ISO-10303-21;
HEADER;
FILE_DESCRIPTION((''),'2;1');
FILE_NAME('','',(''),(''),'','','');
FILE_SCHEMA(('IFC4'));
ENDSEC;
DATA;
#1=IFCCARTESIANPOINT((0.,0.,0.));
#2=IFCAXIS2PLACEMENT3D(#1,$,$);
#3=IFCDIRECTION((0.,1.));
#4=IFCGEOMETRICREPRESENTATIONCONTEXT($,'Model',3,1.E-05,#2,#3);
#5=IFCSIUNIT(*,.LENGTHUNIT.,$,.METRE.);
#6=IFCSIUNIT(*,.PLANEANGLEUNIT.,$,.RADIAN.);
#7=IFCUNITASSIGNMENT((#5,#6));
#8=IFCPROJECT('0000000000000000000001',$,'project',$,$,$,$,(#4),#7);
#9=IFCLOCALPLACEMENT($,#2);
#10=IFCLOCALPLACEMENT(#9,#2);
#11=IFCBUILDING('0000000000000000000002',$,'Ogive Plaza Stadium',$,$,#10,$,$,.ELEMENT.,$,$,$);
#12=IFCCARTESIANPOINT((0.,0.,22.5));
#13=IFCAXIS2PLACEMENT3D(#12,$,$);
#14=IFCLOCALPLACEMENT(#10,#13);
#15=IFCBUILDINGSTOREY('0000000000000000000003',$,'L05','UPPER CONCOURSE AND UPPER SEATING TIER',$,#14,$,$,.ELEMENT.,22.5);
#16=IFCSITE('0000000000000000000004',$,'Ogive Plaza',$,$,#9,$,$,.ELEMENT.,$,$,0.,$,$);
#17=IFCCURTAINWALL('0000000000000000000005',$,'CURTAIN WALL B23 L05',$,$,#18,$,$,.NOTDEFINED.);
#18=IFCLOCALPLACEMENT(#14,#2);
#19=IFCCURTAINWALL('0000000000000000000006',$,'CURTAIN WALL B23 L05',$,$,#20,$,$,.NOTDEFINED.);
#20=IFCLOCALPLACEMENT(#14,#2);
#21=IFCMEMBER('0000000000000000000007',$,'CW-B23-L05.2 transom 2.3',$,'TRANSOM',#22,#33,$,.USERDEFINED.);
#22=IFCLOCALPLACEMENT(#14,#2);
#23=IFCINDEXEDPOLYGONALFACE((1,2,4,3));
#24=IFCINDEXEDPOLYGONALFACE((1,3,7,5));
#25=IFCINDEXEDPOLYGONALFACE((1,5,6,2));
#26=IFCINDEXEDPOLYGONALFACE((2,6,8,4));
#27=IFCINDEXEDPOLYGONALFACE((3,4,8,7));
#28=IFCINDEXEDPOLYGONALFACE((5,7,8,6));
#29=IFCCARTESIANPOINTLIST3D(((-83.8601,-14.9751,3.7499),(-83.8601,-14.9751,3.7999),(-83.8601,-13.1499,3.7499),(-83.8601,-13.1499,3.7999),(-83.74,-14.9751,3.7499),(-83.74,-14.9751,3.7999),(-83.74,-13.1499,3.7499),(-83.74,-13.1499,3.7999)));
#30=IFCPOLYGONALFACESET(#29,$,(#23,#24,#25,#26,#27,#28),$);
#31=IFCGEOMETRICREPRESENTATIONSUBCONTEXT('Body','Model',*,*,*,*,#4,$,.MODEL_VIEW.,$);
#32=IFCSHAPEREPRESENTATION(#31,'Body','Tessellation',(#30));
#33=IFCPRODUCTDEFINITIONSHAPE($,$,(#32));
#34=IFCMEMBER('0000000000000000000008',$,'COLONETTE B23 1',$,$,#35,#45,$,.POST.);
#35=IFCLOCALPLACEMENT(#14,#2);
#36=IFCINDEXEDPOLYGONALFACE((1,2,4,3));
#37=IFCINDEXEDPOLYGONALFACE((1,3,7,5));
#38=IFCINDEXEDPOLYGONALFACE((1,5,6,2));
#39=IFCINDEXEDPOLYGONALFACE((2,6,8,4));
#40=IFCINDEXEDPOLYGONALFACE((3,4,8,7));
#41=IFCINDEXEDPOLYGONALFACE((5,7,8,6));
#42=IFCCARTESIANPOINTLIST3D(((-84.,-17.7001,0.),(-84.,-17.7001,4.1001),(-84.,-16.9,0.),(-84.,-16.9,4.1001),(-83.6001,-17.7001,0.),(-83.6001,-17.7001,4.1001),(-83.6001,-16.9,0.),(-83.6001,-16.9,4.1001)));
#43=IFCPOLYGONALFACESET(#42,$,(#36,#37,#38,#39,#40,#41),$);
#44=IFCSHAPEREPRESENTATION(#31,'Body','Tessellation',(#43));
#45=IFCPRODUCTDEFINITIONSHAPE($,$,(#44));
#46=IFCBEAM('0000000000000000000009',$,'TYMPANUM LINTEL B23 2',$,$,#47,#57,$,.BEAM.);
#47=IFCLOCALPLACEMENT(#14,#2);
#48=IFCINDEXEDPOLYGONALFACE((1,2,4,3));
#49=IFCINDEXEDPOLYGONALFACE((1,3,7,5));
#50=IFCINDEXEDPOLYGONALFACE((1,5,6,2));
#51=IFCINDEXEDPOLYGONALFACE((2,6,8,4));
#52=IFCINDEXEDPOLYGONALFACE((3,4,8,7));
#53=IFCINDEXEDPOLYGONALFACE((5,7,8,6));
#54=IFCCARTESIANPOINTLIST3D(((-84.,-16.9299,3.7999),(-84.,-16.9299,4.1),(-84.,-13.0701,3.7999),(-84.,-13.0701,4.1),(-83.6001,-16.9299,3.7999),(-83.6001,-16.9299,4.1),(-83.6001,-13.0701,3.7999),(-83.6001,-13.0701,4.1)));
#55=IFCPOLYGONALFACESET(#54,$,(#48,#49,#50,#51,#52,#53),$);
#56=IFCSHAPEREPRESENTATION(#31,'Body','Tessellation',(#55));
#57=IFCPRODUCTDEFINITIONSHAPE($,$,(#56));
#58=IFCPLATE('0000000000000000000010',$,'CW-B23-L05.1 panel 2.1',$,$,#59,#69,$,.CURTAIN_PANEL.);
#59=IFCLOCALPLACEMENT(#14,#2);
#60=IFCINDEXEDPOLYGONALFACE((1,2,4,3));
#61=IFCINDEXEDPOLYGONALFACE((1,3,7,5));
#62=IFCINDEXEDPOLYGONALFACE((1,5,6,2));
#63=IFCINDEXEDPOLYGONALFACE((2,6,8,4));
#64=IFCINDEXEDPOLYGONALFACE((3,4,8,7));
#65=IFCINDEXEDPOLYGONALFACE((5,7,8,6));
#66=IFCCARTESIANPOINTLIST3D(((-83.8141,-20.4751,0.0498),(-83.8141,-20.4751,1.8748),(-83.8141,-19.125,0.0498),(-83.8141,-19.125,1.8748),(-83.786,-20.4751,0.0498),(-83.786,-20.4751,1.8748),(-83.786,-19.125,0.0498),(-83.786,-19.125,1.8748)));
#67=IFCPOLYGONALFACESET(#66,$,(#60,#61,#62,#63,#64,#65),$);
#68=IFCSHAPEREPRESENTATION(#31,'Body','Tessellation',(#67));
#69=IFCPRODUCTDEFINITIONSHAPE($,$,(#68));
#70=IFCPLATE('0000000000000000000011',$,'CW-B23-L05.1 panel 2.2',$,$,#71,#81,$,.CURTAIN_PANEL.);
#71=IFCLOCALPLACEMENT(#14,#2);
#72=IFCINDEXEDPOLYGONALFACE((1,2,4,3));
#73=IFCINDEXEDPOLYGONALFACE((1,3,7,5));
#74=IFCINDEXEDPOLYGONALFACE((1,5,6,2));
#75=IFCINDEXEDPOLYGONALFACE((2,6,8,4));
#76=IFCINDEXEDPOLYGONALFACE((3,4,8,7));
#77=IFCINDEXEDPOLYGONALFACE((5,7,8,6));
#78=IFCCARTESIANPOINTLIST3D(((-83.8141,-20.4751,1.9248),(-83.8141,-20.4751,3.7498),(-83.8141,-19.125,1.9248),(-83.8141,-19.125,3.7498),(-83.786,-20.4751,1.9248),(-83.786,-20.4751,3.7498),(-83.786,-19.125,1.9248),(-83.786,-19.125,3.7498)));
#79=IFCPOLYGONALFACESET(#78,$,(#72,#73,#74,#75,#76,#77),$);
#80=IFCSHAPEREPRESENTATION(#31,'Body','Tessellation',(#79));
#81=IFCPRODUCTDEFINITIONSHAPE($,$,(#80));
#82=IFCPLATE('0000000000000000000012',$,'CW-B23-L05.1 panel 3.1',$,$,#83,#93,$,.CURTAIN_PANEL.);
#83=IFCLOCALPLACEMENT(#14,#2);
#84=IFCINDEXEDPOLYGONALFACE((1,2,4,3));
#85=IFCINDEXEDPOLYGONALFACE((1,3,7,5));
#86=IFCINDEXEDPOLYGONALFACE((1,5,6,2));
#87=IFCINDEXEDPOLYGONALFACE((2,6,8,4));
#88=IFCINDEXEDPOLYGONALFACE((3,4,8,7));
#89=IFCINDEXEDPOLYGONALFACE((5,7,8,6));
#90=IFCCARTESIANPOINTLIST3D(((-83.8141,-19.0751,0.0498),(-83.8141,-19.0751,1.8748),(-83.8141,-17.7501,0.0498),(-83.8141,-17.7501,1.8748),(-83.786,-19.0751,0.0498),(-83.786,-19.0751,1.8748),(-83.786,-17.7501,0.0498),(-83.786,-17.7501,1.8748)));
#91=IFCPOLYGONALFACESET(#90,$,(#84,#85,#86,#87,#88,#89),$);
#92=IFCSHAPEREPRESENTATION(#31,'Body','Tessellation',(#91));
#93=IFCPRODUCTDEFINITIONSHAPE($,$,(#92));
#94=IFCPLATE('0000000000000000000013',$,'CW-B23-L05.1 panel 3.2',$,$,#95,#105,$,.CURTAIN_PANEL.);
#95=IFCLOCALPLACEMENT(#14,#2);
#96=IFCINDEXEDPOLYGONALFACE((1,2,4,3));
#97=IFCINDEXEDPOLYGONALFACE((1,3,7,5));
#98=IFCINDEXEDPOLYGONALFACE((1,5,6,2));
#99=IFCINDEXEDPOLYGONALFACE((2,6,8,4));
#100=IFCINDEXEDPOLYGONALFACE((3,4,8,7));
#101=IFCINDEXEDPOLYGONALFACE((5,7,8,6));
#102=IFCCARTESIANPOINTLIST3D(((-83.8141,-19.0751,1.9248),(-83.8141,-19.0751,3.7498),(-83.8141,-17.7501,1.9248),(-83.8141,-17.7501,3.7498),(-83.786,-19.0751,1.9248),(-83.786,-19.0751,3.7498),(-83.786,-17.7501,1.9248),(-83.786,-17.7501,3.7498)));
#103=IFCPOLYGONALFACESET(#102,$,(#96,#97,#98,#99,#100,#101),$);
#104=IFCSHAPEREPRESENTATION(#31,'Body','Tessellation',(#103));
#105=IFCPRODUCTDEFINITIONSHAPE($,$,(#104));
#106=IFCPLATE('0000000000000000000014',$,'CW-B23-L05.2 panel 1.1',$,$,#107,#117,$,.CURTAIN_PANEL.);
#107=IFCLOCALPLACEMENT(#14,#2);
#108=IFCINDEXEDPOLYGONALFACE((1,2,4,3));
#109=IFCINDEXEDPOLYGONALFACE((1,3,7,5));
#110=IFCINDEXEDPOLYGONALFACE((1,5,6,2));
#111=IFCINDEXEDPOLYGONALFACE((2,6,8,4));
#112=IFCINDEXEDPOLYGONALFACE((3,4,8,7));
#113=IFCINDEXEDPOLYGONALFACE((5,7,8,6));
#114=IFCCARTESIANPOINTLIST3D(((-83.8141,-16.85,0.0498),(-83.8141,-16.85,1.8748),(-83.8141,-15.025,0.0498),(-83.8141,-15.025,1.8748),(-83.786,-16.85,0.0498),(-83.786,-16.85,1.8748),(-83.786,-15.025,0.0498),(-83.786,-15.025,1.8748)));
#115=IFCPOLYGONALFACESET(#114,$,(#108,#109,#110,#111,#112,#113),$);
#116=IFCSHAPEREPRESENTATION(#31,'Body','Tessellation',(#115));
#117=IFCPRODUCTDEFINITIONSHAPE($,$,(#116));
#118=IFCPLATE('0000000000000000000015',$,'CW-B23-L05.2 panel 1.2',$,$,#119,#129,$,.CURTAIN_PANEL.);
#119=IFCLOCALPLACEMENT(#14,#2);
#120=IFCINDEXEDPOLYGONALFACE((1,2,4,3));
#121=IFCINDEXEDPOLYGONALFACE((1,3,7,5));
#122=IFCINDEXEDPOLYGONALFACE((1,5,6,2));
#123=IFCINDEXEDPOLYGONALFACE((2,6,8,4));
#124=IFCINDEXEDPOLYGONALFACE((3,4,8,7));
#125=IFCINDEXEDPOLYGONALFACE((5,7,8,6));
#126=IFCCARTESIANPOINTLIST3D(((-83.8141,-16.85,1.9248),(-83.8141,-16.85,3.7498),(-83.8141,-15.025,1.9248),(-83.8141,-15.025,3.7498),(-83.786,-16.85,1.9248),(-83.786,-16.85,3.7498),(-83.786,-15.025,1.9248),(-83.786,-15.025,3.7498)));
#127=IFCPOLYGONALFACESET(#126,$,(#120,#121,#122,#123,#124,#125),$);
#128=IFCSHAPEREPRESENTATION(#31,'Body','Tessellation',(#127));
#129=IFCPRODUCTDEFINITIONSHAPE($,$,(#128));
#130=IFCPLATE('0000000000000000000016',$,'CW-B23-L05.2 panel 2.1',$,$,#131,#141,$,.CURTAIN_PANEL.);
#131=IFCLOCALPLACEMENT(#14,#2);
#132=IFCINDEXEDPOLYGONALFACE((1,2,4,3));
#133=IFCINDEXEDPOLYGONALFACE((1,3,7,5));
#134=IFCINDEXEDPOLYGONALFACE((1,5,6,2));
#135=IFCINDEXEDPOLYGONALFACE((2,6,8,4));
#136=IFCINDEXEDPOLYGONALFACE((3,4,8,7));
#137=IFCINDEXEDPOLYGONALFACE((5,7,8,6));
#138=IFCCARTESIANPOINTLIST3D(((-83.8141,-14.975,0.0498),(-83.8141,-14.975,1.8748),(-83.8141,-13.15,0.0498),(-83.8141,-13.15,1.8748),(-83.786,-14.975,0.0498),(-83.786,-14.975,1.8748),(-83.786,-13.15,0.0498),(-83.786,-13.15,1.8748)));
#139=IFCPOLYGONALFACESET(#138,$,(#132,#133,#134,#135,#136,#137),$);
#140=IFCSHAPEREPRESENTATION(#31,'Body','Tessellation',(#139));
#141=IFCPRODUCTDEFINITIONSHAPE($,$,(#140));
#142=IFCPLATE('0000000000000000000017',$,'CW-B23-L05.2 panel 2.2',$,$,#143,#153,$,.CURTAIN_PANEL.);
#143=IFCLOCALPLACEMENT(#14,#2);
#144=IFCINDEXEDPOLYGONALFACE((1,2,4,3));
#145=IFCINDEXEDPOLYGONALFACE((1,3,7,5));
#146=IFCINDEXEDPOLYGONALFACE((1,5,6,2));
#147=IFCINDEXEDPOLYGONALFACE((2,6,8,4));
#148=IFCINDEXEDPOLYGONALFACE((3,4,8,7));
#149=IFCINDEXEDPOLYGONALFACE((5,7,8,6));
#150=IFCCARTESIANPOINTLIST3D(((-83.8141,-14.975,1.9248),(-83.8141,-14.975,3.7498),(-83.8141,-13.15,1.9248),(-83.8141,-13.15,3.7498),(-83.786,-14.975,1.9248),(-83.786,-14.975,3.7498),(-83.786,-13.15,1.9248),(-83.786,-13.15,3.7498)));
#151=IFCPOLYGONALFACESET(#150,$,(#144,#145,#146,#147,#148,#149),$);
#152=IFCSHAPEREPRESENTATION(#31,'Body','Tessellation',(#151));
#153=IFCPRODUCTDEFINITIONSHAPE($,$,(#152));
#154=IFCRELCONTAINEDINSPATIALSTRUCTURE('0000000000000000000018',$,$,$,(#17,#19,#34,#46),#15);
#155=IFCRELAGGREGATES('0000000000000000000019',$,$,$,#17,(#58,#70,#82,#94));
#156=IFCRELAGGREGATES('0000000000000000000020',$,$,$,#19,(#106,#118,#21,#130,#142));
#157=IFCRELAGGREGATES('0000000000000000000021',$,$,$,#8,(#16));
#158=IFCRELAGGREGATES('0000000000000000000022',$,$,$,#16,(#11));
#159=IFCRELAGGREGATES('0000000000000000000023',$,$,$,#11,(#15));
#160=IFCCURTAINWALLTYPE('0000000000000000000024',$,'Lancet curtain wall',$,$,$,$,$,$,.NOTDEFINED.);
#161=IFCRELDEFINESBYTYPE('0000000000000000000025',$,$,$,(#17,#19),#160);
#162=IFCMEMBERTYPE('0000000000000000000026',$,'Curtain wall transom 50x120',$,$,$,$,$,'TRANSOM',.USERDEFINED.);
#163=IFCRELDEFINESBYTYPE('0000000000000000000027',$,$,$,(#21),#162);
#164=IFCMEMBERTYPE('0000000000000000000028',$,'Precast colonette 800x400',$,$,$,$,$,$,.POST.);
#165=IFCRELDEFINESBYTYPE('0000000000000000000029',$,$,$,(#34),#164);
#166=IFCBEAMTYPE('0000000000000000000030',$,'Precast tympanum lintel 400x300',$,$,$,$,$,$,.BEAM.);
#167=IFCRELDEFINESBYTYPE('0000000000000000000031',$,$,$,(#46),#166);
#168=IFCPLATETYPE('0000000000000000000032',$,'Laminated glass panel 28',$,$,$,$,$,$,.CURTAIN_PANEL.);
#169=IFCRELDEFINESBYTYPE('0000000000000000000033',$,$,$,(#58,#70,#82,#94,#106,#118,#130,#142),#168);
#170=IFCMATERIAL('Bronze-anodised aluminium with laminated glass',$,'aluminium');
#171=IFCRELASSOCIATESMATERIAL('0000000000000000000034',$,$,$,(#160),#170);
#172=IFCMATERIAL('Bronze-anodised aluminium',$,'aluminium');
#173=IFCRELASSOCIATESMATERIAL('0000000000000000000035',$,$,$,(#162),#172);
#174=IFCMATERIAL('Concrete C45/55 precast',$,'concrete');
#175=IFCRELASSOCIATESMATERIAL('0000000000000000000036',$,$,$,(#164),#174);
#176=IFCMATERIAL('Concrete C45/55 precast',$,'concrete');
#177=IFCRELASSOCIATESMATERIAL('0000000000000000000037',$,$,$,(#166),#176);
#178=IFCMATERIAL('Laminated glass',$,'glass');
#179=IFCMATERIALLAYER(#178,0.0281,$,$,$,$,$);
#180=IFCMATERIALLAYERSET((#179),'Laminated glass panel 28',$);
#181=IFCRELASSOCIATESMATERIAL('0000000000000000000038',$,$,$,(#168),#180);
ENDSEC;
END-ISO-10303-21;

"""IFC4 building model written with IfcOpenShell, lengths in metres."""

from ifc_helpers import new_model, si_unit, direction, frame, origin, origin_2d, place, context, subcontext, project, spatial, rectangle, extrude, material, layer, layer_set, material_profile, profile_set, type_object, element, aggregate, save


model = new_model("IFC4")

# Units and contexts
model_context = context("Model", 3, precision=1e-05, world=origin(), true_north=direction((0.0, 1.0)))
body_context = subcontext(model_context, "Body", "Model", "MODEL_VIEW")
ifc_project = project(units=[si_unit("LENGTHUNIT", "METRE"), si_unit("PLANEANGLEUNIT", "RADIAN")], contexts=[model_context])

# Site, building, storey
site_placement = place(None, origin())
site = spatial("IfcSite", under=ifc_project, at=site_placement, Name="Ogive Plaza", CompositionType="ELEMENT", RefElevation=0.0)
building_placement = place(site_placement, origin())
building = spatial("IfcBuilding", under=site, at=building_placement, Name="Ogive Plaza Stadium", CompositionType="ELEMENT")
storey_placement = place(building_placement, frame((0.0, 0.0, 22.5)))
storey = spatial("IfcBuildingStorey", under=building, at=storey_placement, Name="L05", Description="UPPER CONCOURSE AND UPPER SEATING TIER", CompositionType="ELEMENT", Elevation=22.5)

# Curtain walls
ifc_material_1 = material(Name="Bronze-anodised aluminium with laminated glass", Category="aluminium")
curtain_wall_type = type_object("IfcCurtainWallType", Name="Lancet curtain wall", PredefinedType="NOTDEFINED", material=ifc_material_1)
curtain_wall_1_placement = place(storey_placement, origin())
curtain_wall_1 = element("IfcCurtainWall", 1, at=curtain_wall_1_placement, inside=storey, type_object=curtain_wall_type, Name="CURTAIN WALL B23 L05", PredefinedType="NOTDEFINED")
curtain_wall_2_placement = place(storey_placement, origin())
curtain_wall_2 = element("IfcCurtainWall", 2, at=curtain_wall_2_placement, inside=storey, type_object=curtain_wall_type, Name="CURTAIN WALL B23 L05", PredefinedType="NOTDEFINED")

# Members
ifc_material_2 = material(Name="Bronze-anodised aluminium", Category="aluminium")
ifc_material_profile_1 = material_profile(ifc_material_2, rectangle(XDim=0.1201, YDim=0.05, at=origin_2d()), Name="AL 120x50")
ifc_profile_set_1 = profile_set([ifc_material_profile_1], Name="Bronze-anodised aluminium")
member_type_1 = type_object("IfcMemberType", Name="Curtain wall transom 50x120", ElementType="TRANSOM", PredefinedType="USERDEFINED", material=ifc_profile_set_1)
member_1_placement = place(storey_placement, frame((-83.8, -14.9751, 3.7749), z_axis=(0.0, 1.0, 0.0), x_axis=(-1.0, 0.0, 0.0)))
member_1 = element("IfcMember", 3, at=member_1_placement, type_object=member_type_1, Name="CW-B23-L05.2 transom 2.3", ObjectType="TRANSOM", PredefinedType="USERDEFINED", context=body_context, shape_type="SweptSolid", body=[
    extrude(rectangle(XDim=0.1201, YDim=0.05, at=origin_2d()), origin(), (0.0, 0.0, 1.0), 1.8252),
])
ifc_material_3 = material(Name="Concrete C45/55 precast", Category="concrete")
ifc_material_profile_2 = material_profile(ifc_material_3, rectangle(XDim=0.3999, YDim=0.8, at=origin_2d()), Name="RC 400x800")
ifc_profile_set_2 = profile_set([ifc_material_profile_2], Name="Concrete C45/55 precast")
member_type_2 = type_object("IfcMemberType", Name="Precast colonette 800x400", PredefinedType="POST", material=ifc_profile_set_2)
member_2_placement = place(storey_placement, frame((-83.8, -17.3, 0.0), z_axis=(0.0, 0.0, 1.0), x_axis=(-1.0, 0.0, 0.0)))
element("IfcMember", 4, at=member_2_placement, inside=storey, type_object=member_type_2, Name="COLONETTE B23 1", PredefinedType="POST", context=body_context, shape_type="SweptSolid", body=[
    extrude(rectangle(XDim=0.3999, YDim=0.8, at=origin_2d()), origin(), (0.0, 0.0, 1.0), 4.1001),
])

# Beam
ifc_material_4 = material(Name="Concrete C45/55 precast", Category="concrete")
ifc_material_profile_3 = material_profile(ifc_material_4, rectangle(XDim=0.3999, YDim=0.3, at=origin_2d()), Name="RC 400x300")
ifc_profile_set_3 = profile_set([ifc_material_profile_3], Name="Concrete C45/55 precast")
beam_type = type_object("IfcBeamType", Name="Precast tympanum lintel 400x300", PredefinedType="BEAM", material=ifc_profile_set_3)
beam_placement = place(storey_placement, frame((-83.8, -16.9299, 3.95), z_axis=(0.0, 1.0, 0.0), x_axis=(-1.0, 0.0, 0.0)))
element("IfcBeam", 5, at=beam_placement, inside=storey, type_object=beam_type, Name="TYMPANUM LINTEL B23 2", PredefinedType="BEAM", context=body_context, shape_type="SweptSolid", body=[
    extrude(rectangle(XDim=0.3999, YDim=0.3, at=origin_2d()), origin(), (0.0, 0.0, 1.0), 3.8599),
])

# Plates
ifc_material_5 = material(Name="Laminated glass", Category="glass")
ifc_layer_1 = layer(ifc_material_5, 0.0281)
ifc_layer_set_1 = layer_set([ifc_layer_1], Name="Laminated glass panel 28")
plate_type = type_object("IfcPlateType", Name="Laminated glass panel 28", PredefinedType="CURTAIN_PANEL", material=ifc_layer_set_1)
plate_1_placement = place(storey_placement, frame((-83.8, -19.8, 0.0498), z_axis=(0.0, 0.0, 1.0), x_axis=(0.0, 1.0, 0.0)))
plate_1 = element("IfcPlate", 6, at=plate_1_placement, type_object=plate_type, Name="CW-B23-L05.1 panel 2.1", PredefinedType="CURTAIN_PANEL", context=body_context, shape_type="SweptSolid", body=[
    extrude(rectangle(XDim=1.3501, YDim=0.0281, at=origin_2d()), origin(), (0.0, 0.0, 1.0), 1.825),
])
plate_2_placement = place(storey_placement, frame((-83.8, -19.8, 1.9248), z_axis=(0.0, 0.0, 1.0), x_axis=(0.0, 1.0, 0.0)))
plate_2 = element("IfcPlate", 7, at=plate_2_placement, type_object=plate_type, Name="CW-B23-L05.1 panel 2.2", PredefinedType="CURTAIN_PANEL", context=body_context, shape_type="SweptSolid", body=[
    extrude(rectangle(XDim=1.3501, YDim=0.0281, at=origin_2d()), origin(), (0.0, 0.0, 1.0), 1.825),
])
plate_3_placement = place(storey_placement, frame((-83.8, -18.4126, 0.0498), z_axis=(0.0, 0.0, 1.0), x_axis=(0.0, 1.0, 0.0)))
plate_3 = element("IfcPlate", 8, at=plate_3_placement, type_object=plate_type, Name="CW-B23-L05.1 panel 3.1", PredefinedType="CURTAIN_PANEL", context=body_context, shape_type="SweptSolid", body=[
    extrude(rectangle(XDim=1.325, YDim=0.0281, at=origin_2d()), origin(), (0.0, 0.0, 1.0), 1.825),
])
plate_4_placement = place(storey_placement, frame((-83.8, -18.4126, 1.9248), z_axis=(0.0, 0.0, 1.0), x_axis=(0.0, 1.0, 0.0)))
plate_4 = element("IfcPlate", 9, at=plate_4_placement, type_object=plate_type, Name="CW-B23-L05.1 panel 3.2", PredefinedType="CURTAIN_PANEL", context=body_context, shape_type="SweptSolid", body=[
    extrude(rectangle(XDim=1.325, YDim=0.0281, at=origin_2d()), origin(), (0.0, 0.0, 1.0), 1.825),
])
aggregate(curtain_wall_1, [plate_1, plate_2, plate_3, plate_4])
plate_5_placement = place(storey_placement, frame((-83.8, -15.9375, 0.0498), z_axis=(0.0, 0.0, 1.0), x_axis=(0.0, 1.0, 0.0)))
plate_5 = element("IfcPlate", 10, at=plate_5_placement, type_object=plate_type, Name="CW-B23-L05.2 panel 1.1", PredefinedType="CURTAIN_PANEL", context=body_context, shape_type="SweptSolid", body=[
    extrude(rectangle(XDim=1.825, YDim=0.0281, at=origin_2d()), origin(), (0.0, 0.0, 1.0), 1.825),
])
plate_6_placement = place(storey_placement, frame((-83.8, -15.9375, 1.9248), z_axis=(0.0, 0.0, 1.0), x_axis=(0.0, 1.0, 0.0)))
plate_6 = element("IfcPlate", 11, at=plate_6_placement, type_object=plate_type, Name="CW-B23-L05.2 panel 1.2", PredefinedType="CURTAIN_PANEL", context=body_context, shape_type="SweptSolid", body=[
    extrude(rectangle(XDim=1.825, YDim=0.0281, at=origin_2d()), origin(), (0.0, 0.0, 1.0), 1.825),
])
plate_7_placement = place(storey_placement, frame((-83.8, -14.0625, 0.0498), z_axis=(0.0, 0.0, 1.0), x_axis=(0.0, 1.0, 0.0)))
plate_7 = element("IfcPlate", 12, at=plate_7_placement, type_object=plate_type, Name="CW-B23-L05.2 panel 2.1", PredefinedType="CURTAIN_PANEL", context=body_context, shape_type="SweptSolid", body=[
    extrude(rectangle(XDim=1.825, YDim=0.0281, at=origin_2d()), origin(), (0.0, 0.0, 1.0), 1.825),
])
plate_8_placement = place(storey_placement, frame((-83.8, -14.0625, 1.9248), z_axis=(0.0, 0.0, 1.0), x_axis=(0.0, 1.0, 0.0)))
plate_8 = element("IfcPlate", 13, at=plate_8_placement, type_object=plate_type, Name="CW-B23-L05.2 panel 2.2", PredefinedType="CURTAIN_PANEL", context=body_context, shape_type="SweptSolid", body=[
    extrude(rectangle(XDim=1.825, YDim=0.0281, at=origin_2d()), origin(), (0.0, 0.0, 1.0), 1.825),
])
aggregate(curtain_wall_2, [plate_5, plate_6, member_1, plate_7, plate_8])

save(model, "model.ifc")
